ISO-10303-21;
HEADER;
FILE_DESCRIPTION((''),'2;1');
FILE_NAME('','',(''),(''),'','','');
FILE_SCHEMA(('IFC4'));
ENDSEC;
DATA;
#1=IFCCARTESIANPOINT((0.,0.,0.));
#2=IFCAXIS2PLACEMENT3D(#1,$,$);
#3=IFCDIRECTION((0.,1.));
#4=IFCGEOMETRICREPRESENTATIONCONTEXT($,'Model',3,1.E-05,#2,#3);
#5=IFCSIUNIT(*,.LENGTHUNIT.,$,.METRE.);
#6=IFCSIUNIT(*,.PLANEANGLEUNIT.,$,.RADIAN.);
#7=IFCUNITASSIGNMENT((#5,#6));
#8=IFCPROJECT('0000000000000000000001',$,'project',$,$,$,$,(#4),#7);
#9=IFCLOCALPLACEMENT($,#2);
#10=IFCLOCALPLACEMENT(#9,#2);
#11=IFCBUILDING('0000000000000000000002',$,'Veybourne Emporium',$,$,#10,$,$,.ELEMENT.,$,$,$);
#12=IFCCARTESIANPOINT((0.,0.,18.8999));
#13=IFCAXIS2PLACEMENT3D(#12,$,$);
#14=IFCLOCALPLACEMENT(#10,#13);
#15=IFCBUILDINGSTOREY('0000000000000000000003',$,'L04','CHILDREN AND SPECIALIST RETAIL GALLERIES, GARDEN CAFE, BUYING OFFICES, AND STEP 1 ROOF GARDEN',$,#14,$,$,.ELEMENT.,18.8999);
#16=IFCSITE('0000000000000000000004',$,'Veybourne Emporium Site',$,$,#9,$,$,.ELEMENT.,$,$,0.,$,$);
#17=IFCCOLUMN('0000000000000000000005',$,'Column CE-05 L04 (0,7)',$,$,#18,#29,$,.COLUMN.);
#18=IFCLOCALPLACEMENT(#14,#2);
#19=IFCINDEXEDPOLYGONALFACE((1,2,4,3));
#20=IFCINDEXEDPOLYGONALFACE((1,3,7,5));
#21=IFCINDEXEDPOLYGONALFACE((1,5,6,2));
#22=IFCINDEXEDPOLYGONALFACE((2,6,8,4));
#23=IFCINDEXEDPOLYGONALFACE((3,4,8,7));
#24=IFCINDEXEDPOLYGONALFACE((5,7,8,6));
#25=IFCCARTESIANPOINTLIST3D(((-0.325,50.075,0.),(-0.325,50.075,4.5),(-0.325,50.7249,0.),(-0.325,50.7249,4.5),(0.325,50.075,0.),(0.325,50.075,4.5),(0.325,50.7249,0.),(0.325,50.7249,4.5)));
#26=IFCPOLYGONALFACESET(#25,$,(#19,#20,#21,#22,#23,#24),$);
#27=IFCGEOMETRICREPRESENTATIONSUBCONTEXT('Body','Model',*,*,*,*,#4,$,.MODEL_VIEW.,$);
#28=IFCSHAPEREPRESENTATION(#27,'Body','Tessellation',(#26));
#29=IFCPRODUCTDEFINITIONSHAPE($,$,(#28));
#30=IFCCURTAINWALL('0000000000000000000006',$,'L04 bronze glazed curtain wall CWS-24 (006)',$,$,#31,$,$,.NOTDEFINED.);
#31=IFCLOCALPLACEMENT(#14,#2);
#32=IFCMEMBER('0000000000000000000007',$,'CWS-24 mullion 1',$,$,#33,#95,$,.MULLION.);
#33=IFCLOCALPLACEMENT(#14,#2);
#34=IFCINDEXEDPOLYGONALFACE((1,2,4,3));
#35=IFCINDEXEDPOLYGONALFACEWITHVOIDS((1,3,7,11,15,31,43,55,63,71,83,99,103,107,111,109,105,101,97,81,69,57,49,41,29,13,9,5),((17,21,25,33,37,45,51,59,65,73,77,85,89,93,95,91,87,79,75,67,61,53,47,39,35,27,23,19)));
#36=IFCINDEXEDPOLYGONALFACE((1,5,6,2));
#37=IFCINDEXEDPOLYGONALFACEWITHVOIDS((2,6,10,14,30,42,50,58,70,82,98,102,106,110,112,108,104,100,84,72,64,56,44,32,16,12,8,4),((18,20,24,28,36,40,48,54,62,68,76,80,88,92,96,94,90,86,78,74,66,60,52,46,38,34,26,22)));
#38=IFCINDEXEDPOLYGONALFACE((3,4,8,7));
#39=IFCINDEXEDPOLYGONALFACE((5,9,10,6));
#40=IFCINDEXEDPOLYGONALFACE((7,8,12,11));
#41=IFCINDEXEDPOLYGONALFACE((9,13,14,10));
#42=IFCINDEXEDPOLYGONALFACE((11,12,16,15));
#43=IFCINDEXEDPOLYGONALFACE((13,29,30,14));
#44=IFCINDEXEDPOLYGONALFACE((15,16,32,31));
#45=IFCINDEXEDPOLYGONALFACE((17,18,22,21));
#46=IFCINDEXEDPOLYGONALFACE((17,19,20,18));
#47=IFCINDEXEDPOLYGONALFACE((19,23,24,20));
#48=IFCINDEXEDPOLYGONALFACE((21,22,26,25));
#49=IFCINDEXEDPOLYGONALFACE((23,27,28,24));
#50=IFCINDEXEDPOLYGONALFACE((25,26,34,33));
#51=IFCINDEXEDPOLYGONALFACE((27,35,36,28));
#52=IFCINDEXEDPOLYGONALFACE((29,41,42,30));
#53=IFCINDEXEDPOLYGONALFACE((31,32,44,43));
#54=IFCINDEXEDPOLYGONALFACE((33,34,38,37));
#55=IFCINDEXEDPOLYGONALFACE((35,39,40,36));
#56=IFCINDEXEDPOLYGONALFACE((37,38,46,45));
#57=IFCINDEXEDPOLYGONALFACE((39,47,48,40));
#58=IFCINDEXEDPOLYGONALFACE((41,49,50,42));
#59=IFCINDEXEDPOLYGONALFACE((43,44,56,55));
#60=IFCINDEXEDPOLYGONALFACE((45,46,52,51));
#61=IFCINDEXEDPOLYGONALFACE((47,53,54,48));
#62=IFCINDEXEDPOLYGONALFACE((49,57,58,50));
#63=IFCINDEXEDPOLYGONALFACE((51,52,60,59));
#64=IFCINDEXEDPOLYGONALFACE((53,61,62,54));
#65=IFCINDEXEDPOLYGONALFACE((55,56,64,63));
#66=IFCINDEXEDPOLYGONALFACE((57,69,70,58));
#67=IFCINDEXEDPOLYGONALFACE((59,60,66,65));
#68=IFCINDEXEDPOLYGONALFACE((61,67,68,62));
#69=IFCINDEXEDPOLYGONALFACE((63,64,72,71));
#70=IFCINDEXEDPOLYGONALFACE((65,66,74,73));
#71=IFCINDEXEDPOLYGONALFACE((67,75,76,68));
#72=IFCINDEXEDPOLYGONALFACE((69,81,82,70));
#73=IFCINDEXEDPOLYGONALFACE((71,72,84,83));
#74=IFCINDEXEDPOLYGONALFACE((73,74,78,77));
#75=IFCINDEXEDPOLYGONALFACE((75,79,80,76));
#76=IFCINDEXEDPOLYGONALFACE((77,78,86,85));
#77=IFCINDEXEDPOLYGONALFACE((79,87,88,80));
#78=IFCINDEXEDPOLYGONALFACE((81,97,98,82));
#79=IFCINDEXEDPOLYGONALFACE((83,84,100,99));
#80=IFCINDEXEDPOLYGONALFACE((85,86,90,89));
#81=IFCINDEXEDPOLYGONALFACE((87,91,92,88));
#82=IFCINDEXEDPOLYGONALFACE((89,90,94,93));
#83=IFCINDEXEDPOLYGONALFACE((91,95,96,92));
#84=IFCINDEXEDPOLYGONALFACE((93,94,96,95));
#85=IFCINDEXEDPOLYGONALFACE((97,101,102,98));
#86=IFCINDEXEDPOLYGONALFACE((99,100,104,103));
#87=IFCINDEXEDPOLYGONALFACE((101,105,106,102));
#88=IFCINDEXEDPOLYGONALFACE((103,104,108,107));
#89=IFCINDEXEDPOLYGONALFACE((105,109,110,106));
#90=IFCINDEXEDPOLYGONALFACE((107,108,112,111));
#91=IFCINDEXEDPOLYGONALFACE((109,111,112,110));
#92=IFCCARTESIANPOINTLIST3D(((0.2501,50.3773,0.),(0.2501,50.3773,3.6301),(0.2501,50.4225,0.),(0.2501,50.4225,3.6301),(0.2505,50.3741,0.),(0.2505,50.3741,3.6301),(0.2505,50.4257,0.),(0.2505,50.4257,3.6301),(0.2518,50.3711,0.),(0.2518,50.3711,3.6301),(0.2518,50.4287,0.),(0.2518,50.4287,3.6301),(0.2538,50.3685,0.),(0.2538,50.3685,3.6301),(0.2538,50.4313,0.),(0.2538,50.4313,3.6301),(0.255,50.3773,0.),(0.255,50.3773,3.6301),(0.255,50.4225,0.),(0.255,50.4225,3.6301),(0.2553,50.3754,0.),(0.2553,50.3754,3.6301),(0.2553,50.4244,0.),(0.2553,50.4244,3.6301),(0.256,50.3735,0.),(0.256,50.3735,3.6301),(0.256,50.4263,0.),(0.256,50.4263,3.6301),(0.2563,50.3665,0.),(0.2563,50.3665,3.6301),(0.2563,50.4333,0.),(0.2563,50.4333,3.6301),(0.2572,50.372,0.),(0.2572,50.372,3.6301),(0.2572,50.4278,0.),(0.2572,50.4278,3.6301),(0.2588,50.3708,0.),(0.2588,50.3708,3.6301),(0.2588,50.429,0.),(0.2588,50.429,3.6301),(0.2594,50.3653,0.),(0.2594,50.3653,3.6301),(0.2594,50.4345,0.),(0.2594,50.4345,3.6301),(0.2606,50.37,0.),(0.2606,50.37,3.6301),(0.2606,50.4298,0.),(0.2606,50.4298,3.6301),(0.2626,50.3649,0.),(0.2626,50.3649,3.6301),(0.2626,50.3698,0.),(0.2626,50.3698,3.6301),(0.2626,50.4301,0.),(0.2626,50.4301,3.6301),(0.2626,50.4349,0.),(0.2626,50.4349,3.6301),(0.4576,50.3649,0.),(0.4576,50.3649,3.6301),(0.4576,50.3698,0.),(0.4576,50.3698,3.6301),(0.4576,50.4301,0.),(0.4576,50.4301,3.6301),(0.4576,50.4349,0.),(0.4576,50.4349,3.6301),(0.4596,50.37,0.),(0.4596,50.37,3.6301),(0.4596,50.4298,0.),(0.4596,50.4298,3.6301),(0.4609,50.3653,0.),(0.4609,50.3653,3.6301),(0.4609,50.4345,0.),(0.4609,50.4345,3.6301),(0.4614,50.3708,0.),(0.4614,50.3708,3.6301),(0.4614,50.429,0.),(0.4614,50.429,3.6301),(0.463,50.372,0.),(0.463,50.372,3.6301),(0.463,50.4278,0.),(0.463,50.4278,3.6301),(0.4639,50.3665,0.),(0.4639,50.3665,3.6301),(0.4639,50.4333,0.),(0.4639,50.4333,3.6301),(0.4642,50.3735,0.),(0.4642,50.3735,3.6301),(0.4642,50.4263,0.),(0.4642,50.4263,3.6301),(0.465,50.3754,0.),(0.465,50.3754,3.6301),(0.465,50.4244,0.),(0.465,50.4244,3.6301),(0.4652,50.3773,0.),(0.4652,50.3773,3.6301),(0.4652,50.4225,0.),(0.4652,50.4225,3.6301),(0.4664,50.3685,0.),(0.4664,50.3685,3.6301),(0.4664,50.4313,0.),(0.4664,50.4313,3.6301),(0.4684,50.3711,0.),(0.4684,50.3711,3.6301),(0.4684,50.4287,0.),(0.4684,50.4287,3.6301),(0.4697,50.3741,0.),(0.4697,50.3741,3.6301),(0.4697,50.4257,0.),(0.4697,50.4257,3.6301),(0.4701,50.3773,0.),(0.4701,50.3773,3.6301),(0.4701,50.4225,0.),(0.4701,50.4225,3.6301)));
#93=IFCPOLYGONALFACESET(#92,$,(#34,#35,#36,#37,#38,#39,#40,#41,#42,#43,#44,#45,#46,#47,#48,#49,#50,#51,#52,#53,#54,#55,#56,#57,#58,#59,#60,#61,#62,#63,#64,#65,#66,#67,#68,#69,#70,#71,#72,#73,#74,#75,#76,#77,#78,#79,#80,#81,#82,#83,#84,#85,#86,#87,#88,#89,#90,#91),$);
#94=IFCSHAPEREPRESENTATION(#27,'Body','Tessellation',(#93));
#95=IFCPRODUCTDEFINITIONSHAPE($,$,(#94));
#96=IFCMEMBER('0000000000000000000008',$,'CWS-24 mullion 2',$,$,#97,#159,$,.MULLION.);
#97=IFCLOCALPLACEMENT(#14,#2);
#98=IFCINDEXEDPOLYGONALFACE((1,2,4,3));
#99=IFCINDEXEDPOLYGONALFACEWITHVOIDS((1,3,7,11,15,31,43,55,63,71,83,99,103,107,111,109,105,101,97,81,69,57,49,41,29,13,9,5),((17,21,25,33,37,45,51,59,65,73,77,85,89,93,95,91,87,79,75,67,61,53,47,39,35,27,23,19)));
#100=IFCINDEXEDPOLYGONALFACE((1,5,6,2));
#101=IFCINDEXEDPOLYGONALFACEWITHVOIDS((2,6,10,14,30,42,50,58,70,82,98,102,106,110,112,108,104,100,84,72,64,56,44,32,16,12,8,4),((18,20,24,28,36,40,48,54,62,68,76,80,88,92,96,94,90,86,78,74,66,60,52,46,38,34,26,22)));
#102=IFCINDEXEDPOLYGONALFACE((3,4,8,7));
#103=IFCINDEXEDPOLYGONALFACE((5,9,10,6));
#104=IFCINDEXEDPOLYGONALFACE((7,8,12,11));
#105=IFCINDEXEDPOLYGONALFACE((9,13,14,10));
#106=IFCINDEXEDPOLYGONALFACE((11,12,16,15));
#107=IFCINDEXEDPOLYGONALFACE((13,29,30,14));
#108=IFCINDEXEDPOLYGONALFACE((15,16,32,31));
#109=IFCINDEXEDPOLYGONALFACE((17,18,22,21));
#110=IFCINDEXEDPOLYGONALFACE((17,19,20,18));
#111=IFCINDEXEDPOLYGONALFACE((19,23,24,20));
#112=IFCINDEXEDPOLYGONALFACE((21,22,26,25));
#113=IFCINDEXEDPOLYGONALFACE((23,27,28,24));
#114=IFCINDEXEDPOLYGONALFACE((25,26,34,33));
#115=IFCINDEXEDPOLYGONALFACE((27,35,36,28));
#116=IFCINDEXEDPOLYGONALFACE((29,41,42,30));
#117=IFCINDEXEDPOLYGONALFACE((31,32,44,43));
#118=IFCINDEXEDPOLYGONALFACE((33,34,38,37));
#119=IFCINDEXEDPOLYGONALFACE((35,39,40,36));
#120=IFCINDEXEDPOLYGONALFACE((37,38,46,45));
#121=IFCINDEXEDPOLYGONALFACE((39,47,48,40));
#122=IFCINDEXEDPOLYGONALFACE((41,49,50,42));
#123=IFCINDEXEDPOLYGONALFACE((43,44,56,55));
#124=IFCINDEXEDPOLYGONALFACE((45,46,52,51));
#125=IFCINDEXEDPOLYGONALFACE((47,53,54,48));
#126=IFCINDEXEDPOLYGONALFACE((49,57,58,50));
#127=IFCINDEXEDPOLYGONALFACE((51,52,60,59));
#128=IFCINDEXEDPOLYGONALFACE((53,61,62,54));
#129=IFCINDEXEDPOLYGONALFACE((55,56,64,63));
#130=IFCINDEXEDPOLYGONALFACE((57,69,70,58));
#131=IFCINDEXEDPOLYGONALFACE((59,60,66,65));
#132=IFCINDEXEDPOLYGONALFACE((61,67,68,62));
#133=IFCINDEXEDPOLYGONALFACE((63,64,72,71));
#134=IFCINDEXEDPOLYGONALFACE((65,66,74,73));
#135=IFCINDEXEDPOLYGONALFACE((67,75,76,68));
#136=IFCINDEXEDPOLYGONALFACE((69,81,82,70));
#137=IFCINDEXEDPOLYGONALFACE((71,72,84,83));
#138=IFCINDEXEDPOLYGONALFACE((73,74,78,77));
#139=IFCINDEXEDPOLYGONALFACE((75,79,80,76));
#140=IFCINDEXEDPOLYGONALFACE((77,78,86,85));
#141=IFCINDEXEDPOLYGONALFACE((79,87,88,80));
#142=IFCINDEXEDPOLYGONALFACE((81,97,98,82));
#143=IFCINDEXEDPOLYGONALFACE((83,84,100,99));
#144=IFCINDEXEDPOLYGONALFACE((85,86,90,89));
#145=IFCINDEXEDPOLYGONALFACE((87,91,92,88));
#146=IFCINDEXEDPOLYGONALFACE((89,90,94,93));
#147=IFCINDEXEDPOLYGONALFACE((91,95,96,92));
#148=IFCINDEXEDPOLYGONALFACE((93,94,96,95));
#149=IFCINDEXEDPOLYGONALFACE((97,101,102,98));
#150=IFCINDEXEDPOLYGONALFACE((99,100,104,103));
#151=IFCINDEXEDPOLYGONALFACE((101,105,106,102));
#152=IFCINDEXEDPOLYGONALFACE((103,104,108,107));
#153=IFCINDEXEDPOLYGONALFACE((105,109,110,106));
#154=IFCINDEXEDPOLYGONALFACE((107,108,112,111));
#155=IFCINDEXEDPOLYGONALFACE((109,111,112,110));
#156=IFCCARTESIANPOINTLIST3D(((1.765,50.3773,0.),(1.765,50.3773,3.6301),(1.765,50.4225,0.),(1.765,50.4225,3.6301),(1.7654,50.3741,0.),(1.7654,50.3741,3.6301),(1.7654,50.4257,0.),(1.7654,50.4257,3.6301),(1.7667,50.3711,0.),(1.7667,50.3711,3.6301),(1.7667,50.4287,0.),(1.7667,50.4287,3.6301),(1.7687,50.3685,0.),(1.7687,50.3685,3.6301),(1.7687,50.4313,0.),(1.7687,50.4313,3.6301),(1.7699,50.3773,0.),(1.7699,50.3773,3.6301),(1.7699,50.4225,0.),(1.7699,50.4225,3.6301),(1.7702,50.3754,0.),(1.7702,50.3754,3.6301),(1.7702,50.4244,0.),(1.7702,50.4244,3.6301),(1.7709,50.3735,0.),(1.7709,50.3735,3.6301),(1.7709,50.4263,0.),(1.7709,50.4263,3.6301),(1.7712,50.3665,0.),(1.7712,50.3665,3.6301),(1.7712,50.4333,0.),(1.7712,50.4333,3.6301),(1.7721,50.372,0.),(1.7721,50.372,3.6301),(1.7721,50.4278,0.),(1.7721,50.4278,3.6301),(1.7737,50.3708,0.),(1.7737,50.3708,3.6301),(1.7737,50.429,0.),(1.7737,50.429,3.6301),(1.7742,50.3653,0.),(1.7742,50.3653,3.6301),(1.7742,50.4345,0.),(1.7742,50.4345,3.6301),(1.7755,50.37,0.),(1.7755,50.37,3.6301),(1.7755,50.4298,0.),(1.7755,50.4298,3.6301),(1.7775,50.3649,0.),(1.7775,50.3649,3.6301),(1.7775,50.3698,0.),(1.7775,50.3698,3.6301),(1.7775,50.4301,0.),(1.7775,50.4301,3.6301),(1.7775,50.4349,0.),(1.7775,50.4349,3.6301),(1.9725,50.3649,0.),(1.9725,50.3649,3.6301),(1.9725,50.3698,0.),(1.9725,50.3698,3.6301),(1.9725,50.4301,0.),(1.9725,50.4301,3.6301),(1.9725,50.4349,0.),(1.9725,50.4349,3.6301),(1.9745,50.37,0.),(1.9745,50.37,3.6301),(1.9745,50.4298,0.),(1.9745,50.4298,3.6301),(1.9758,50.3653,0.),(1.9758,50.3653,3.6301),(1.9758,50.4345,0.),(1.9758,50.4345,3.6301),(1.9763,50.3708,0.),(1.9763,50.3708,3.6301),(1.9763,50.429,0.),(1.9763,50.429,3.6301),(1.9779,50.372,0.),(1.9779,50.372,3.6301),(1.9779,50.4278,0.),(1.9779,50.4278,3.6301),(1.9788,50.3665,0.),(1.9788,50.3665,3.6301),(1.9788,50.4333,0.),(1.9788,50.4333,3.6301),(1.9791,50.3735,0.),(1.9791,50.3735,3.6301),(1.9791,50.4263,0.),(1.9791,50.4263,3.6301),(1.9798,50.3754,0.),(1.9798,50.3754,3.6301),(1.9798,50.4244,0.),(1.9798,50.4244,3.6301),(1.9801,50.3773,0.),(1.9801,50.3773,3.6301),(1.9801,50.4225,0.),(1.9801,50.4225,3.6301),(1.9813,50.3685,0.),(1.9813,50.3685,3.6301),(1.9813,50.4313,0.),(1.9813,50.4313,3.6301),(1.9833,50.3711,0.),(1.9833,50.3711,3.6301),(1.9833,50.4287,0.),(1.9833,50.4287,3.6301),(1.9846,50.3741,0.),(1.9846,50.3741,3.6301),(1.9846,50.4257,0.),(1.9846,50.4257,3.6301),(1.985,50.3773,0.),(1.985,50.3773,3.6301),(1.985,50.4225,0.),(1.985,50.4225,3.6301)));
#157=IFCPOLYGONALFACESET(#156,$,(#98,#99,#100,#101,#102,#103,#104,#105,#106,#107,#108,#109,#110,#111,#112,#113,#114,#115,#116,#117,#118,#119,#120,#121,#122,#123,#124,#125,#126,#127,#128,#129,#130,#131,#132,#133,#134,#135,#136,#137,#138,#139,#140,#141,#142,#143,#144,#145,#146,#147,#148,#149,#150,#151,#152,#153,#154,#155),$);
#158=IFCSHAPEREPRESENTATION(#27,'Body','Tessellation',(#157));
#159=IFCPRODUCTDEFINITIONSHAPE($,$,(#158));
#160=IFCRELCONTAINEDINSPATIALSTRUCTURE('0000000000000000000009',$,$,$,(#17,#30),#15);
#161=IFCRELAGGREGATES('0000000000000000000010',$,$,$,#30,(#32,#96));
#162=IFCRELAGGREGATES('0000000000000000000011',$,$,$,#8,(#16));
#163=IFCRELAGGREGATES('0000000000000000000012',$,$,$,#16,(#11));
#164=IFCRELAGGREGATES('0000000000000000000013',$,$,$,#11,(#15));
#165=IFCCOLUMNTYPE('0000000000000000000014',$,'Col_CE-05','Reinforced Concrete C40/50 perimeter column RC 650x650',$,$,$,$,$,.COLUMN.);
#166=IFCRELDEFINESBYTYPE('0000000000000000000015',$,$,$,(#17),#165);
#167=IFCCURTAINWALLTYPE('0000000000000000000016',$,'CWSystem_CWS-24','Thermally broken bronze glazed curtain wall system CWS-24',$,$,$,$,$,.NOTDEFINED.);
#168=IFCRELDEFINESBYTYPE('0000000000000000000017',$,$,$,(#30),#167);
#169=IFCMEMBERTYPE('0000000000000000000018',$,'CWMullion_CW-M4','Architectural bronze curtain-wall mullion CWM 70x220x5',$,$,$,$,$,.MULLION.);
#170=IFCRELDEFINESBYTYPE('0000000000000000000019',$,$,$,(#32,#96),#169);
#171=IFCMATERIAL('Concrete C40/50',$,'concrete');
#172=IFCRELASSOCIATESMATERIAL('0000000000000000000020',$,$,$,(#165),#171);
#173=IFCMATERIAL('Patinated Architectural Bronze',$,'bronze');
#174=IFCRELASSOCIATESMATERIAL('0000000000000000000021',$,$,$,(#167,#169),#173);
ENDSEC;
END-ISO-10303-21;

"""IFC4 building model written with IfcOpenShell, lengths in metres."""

from ifc_helpers import new_model, si_unit, direction, frame, origin, origin_2d, place, context, subcontext, project, spatial, rectangle, hollow_rectangle, extrude, material, material_profile, profile_set, type_object, element, aggregate, save


model = new_model("IFC4")

# Units and contexts
model_context = context("Model", 3, precision=1e-05, world=origin(), true_north=direction((0.0, 1.0)))
body_context = subcontext(model_context, "Body", "Model", "MODEL_VIEW")
ifc_project = project(units=[si_unit("LENGTHUNIT", "METRE"), si_unit("PLANEANGLEUNIT", "RADIAN")], contexts=[model_context])

# Site, building, storey
site_placement = place(None, origin())
site = spatial("IfcSite", under=ifc_project, at=site_placement, Name="Veybourne Emporium Site", CompositionType="ELEMENT", RefElevation=0.0)
building_placement = place(site_placement, origin())
building = spatial("IfcBuilding", under=site, at=building_placement, Name="Veybourne Emporium", CompositionType="ELEMENT")
storey_placement = place(building_placement, frame((0.0, 0.0, 18.8999)))
storey = spatial("IfcBuildingStorey", under=building, at=storey_placement, Name="L04", Description="CHILDREN AND SPECIALIST RETAIL GALLERIES, GARDEN CAFE, BUYING OFFICES, AND STEP 1 ROOF GARDEN", CompositionType="ELEMENT", Elevation=18.8999)

# Column
ifc_material_1 = material(Name="Concrete C40/50", Category="concrete")
ifc_material_profile_1 = material_profile(ifc_material_1, rectangle(XDim=0.6499, YDim=0.6499, at=origin_2d()), Name="RC 650x650")
ifc_profile_set_1 = profile_set([ifc_material_profile_1], Name="Concrete C40/50")
column_type = type_object("IfcColumnType", Name="Col_CE-05", Description="Reinforced Concrete C40/50 perimeter column RC 650x650", PredefinedType="COLUMN", material=ifc_profile_set_1)
column_placement = place(storey_placement, frame((0.0, 50.3999, 0.0), z_axis=(0.0, 0.0, 1.0), x_axis=(1.0, 0.0, 0.0)))
element("IfcColumn", 1, at=column_placement, inside=storey, type_object=column_type, Name="Column CE-05 L04 (0,7)", PredefinedType="COLUMN", context=body_context, shape_type="SweptSolid", body=[
    extrude(rectangle(XDim=0.6499, YDim=0.6499, at=origin_2d()), origin(), (0.0, 0.0, 1.0), 4.5),
])

# Curtain wall, members
ifc_material_2 = material(Name="Patinated Architectural Bronze", Category="bronze")
curtain_wall_type = type_object("IfcCurtainWallType", Name="CWSystem_CWS-24", Description="Thermally broken bronze glazed curtain wall system CWS-24", PredefinedType="NOTDEFINED", material=ifc_material_2)
curtain_wall_placement = place(storey_placement, origin())
curtain_wall = element("IfcCurtainWall", 2, at=curtain_wall_placement, inside=storey, type_object=curtain_wall_type, Name="L04 bronze glazed curtain wall CWS-24 (006)", PredefinedType="NOTDEFINED")
ifc_material_profile_2 = material_profile(ifc_material_2, hollow_rectangle(XDim=0.0701, YDim=0.22, WallThickness=0.0049, InnerFilletRadius=0.0076, OuterFilletRadius=0.0125, at=origin_2d()), Name="CWM 70x220x5")
ifc_profile_set_2 = profile_set([ifc_material_profile_2], Name="Patinated Architectural Bronze")
member_type_1 = type_object("IfcMemberType", Name="CWMullion_CW-M4", Description="Architectural bronze curtain-wall mullion CWM 70x220x5", PredefinedType="MULLION", material=ifc_profile_set_2)
member_1_placement = place(storey_placement, frame((0.3601, 50.3999, 0.0), z_axis=(0.0, 0.0, 1.0), x_axis=(0.0, 1.0, 0.0)))
member_1 = element("IfcMember", 3, at=member_1_placement, type_object=member_type_1, Name="CWS-24 mullion 1", PredefinedType="MULLION", context=body_context, shape_type="SweptSolid", body=[
    extrude(hollow_rectangle(XDim=0.0701, YDim=0.22, WallThickness=0.0049, InnerFilletRadius=0.0076, OuterFilletRadius=0.0125, at=origin_2d()), origin(), (0.0, 0.0, 1.0), 3.6301),
])
member_2_placement = place(storey_placement, frame((1.875, 50.3999, 0.0), z_axis=(0.0, 0.0, 1.0), x_axis=(0.0, 1.0, 0.0)))
member_2 = element("IfcMember", 4, at=member_2_placement, type_object=member_type_1, Name="CWS-24 mullion 2", PredefinedType="MULLION", context=body_context, shape_type="SweptSolid", body=[
    extrude(hollow_rectangle(XDim=0.0701, YDim=0.22, WallThickness=0.0049, InnerFilletRadius=0.0076, OuterFilletRadius=0.0125, at=origin_2d()), origin(), (0.0, 0.0, 1.0), 3.6301),
])

aggregate(curtain_wall, [member_1, member_2])

save(model, "model.ifc")
